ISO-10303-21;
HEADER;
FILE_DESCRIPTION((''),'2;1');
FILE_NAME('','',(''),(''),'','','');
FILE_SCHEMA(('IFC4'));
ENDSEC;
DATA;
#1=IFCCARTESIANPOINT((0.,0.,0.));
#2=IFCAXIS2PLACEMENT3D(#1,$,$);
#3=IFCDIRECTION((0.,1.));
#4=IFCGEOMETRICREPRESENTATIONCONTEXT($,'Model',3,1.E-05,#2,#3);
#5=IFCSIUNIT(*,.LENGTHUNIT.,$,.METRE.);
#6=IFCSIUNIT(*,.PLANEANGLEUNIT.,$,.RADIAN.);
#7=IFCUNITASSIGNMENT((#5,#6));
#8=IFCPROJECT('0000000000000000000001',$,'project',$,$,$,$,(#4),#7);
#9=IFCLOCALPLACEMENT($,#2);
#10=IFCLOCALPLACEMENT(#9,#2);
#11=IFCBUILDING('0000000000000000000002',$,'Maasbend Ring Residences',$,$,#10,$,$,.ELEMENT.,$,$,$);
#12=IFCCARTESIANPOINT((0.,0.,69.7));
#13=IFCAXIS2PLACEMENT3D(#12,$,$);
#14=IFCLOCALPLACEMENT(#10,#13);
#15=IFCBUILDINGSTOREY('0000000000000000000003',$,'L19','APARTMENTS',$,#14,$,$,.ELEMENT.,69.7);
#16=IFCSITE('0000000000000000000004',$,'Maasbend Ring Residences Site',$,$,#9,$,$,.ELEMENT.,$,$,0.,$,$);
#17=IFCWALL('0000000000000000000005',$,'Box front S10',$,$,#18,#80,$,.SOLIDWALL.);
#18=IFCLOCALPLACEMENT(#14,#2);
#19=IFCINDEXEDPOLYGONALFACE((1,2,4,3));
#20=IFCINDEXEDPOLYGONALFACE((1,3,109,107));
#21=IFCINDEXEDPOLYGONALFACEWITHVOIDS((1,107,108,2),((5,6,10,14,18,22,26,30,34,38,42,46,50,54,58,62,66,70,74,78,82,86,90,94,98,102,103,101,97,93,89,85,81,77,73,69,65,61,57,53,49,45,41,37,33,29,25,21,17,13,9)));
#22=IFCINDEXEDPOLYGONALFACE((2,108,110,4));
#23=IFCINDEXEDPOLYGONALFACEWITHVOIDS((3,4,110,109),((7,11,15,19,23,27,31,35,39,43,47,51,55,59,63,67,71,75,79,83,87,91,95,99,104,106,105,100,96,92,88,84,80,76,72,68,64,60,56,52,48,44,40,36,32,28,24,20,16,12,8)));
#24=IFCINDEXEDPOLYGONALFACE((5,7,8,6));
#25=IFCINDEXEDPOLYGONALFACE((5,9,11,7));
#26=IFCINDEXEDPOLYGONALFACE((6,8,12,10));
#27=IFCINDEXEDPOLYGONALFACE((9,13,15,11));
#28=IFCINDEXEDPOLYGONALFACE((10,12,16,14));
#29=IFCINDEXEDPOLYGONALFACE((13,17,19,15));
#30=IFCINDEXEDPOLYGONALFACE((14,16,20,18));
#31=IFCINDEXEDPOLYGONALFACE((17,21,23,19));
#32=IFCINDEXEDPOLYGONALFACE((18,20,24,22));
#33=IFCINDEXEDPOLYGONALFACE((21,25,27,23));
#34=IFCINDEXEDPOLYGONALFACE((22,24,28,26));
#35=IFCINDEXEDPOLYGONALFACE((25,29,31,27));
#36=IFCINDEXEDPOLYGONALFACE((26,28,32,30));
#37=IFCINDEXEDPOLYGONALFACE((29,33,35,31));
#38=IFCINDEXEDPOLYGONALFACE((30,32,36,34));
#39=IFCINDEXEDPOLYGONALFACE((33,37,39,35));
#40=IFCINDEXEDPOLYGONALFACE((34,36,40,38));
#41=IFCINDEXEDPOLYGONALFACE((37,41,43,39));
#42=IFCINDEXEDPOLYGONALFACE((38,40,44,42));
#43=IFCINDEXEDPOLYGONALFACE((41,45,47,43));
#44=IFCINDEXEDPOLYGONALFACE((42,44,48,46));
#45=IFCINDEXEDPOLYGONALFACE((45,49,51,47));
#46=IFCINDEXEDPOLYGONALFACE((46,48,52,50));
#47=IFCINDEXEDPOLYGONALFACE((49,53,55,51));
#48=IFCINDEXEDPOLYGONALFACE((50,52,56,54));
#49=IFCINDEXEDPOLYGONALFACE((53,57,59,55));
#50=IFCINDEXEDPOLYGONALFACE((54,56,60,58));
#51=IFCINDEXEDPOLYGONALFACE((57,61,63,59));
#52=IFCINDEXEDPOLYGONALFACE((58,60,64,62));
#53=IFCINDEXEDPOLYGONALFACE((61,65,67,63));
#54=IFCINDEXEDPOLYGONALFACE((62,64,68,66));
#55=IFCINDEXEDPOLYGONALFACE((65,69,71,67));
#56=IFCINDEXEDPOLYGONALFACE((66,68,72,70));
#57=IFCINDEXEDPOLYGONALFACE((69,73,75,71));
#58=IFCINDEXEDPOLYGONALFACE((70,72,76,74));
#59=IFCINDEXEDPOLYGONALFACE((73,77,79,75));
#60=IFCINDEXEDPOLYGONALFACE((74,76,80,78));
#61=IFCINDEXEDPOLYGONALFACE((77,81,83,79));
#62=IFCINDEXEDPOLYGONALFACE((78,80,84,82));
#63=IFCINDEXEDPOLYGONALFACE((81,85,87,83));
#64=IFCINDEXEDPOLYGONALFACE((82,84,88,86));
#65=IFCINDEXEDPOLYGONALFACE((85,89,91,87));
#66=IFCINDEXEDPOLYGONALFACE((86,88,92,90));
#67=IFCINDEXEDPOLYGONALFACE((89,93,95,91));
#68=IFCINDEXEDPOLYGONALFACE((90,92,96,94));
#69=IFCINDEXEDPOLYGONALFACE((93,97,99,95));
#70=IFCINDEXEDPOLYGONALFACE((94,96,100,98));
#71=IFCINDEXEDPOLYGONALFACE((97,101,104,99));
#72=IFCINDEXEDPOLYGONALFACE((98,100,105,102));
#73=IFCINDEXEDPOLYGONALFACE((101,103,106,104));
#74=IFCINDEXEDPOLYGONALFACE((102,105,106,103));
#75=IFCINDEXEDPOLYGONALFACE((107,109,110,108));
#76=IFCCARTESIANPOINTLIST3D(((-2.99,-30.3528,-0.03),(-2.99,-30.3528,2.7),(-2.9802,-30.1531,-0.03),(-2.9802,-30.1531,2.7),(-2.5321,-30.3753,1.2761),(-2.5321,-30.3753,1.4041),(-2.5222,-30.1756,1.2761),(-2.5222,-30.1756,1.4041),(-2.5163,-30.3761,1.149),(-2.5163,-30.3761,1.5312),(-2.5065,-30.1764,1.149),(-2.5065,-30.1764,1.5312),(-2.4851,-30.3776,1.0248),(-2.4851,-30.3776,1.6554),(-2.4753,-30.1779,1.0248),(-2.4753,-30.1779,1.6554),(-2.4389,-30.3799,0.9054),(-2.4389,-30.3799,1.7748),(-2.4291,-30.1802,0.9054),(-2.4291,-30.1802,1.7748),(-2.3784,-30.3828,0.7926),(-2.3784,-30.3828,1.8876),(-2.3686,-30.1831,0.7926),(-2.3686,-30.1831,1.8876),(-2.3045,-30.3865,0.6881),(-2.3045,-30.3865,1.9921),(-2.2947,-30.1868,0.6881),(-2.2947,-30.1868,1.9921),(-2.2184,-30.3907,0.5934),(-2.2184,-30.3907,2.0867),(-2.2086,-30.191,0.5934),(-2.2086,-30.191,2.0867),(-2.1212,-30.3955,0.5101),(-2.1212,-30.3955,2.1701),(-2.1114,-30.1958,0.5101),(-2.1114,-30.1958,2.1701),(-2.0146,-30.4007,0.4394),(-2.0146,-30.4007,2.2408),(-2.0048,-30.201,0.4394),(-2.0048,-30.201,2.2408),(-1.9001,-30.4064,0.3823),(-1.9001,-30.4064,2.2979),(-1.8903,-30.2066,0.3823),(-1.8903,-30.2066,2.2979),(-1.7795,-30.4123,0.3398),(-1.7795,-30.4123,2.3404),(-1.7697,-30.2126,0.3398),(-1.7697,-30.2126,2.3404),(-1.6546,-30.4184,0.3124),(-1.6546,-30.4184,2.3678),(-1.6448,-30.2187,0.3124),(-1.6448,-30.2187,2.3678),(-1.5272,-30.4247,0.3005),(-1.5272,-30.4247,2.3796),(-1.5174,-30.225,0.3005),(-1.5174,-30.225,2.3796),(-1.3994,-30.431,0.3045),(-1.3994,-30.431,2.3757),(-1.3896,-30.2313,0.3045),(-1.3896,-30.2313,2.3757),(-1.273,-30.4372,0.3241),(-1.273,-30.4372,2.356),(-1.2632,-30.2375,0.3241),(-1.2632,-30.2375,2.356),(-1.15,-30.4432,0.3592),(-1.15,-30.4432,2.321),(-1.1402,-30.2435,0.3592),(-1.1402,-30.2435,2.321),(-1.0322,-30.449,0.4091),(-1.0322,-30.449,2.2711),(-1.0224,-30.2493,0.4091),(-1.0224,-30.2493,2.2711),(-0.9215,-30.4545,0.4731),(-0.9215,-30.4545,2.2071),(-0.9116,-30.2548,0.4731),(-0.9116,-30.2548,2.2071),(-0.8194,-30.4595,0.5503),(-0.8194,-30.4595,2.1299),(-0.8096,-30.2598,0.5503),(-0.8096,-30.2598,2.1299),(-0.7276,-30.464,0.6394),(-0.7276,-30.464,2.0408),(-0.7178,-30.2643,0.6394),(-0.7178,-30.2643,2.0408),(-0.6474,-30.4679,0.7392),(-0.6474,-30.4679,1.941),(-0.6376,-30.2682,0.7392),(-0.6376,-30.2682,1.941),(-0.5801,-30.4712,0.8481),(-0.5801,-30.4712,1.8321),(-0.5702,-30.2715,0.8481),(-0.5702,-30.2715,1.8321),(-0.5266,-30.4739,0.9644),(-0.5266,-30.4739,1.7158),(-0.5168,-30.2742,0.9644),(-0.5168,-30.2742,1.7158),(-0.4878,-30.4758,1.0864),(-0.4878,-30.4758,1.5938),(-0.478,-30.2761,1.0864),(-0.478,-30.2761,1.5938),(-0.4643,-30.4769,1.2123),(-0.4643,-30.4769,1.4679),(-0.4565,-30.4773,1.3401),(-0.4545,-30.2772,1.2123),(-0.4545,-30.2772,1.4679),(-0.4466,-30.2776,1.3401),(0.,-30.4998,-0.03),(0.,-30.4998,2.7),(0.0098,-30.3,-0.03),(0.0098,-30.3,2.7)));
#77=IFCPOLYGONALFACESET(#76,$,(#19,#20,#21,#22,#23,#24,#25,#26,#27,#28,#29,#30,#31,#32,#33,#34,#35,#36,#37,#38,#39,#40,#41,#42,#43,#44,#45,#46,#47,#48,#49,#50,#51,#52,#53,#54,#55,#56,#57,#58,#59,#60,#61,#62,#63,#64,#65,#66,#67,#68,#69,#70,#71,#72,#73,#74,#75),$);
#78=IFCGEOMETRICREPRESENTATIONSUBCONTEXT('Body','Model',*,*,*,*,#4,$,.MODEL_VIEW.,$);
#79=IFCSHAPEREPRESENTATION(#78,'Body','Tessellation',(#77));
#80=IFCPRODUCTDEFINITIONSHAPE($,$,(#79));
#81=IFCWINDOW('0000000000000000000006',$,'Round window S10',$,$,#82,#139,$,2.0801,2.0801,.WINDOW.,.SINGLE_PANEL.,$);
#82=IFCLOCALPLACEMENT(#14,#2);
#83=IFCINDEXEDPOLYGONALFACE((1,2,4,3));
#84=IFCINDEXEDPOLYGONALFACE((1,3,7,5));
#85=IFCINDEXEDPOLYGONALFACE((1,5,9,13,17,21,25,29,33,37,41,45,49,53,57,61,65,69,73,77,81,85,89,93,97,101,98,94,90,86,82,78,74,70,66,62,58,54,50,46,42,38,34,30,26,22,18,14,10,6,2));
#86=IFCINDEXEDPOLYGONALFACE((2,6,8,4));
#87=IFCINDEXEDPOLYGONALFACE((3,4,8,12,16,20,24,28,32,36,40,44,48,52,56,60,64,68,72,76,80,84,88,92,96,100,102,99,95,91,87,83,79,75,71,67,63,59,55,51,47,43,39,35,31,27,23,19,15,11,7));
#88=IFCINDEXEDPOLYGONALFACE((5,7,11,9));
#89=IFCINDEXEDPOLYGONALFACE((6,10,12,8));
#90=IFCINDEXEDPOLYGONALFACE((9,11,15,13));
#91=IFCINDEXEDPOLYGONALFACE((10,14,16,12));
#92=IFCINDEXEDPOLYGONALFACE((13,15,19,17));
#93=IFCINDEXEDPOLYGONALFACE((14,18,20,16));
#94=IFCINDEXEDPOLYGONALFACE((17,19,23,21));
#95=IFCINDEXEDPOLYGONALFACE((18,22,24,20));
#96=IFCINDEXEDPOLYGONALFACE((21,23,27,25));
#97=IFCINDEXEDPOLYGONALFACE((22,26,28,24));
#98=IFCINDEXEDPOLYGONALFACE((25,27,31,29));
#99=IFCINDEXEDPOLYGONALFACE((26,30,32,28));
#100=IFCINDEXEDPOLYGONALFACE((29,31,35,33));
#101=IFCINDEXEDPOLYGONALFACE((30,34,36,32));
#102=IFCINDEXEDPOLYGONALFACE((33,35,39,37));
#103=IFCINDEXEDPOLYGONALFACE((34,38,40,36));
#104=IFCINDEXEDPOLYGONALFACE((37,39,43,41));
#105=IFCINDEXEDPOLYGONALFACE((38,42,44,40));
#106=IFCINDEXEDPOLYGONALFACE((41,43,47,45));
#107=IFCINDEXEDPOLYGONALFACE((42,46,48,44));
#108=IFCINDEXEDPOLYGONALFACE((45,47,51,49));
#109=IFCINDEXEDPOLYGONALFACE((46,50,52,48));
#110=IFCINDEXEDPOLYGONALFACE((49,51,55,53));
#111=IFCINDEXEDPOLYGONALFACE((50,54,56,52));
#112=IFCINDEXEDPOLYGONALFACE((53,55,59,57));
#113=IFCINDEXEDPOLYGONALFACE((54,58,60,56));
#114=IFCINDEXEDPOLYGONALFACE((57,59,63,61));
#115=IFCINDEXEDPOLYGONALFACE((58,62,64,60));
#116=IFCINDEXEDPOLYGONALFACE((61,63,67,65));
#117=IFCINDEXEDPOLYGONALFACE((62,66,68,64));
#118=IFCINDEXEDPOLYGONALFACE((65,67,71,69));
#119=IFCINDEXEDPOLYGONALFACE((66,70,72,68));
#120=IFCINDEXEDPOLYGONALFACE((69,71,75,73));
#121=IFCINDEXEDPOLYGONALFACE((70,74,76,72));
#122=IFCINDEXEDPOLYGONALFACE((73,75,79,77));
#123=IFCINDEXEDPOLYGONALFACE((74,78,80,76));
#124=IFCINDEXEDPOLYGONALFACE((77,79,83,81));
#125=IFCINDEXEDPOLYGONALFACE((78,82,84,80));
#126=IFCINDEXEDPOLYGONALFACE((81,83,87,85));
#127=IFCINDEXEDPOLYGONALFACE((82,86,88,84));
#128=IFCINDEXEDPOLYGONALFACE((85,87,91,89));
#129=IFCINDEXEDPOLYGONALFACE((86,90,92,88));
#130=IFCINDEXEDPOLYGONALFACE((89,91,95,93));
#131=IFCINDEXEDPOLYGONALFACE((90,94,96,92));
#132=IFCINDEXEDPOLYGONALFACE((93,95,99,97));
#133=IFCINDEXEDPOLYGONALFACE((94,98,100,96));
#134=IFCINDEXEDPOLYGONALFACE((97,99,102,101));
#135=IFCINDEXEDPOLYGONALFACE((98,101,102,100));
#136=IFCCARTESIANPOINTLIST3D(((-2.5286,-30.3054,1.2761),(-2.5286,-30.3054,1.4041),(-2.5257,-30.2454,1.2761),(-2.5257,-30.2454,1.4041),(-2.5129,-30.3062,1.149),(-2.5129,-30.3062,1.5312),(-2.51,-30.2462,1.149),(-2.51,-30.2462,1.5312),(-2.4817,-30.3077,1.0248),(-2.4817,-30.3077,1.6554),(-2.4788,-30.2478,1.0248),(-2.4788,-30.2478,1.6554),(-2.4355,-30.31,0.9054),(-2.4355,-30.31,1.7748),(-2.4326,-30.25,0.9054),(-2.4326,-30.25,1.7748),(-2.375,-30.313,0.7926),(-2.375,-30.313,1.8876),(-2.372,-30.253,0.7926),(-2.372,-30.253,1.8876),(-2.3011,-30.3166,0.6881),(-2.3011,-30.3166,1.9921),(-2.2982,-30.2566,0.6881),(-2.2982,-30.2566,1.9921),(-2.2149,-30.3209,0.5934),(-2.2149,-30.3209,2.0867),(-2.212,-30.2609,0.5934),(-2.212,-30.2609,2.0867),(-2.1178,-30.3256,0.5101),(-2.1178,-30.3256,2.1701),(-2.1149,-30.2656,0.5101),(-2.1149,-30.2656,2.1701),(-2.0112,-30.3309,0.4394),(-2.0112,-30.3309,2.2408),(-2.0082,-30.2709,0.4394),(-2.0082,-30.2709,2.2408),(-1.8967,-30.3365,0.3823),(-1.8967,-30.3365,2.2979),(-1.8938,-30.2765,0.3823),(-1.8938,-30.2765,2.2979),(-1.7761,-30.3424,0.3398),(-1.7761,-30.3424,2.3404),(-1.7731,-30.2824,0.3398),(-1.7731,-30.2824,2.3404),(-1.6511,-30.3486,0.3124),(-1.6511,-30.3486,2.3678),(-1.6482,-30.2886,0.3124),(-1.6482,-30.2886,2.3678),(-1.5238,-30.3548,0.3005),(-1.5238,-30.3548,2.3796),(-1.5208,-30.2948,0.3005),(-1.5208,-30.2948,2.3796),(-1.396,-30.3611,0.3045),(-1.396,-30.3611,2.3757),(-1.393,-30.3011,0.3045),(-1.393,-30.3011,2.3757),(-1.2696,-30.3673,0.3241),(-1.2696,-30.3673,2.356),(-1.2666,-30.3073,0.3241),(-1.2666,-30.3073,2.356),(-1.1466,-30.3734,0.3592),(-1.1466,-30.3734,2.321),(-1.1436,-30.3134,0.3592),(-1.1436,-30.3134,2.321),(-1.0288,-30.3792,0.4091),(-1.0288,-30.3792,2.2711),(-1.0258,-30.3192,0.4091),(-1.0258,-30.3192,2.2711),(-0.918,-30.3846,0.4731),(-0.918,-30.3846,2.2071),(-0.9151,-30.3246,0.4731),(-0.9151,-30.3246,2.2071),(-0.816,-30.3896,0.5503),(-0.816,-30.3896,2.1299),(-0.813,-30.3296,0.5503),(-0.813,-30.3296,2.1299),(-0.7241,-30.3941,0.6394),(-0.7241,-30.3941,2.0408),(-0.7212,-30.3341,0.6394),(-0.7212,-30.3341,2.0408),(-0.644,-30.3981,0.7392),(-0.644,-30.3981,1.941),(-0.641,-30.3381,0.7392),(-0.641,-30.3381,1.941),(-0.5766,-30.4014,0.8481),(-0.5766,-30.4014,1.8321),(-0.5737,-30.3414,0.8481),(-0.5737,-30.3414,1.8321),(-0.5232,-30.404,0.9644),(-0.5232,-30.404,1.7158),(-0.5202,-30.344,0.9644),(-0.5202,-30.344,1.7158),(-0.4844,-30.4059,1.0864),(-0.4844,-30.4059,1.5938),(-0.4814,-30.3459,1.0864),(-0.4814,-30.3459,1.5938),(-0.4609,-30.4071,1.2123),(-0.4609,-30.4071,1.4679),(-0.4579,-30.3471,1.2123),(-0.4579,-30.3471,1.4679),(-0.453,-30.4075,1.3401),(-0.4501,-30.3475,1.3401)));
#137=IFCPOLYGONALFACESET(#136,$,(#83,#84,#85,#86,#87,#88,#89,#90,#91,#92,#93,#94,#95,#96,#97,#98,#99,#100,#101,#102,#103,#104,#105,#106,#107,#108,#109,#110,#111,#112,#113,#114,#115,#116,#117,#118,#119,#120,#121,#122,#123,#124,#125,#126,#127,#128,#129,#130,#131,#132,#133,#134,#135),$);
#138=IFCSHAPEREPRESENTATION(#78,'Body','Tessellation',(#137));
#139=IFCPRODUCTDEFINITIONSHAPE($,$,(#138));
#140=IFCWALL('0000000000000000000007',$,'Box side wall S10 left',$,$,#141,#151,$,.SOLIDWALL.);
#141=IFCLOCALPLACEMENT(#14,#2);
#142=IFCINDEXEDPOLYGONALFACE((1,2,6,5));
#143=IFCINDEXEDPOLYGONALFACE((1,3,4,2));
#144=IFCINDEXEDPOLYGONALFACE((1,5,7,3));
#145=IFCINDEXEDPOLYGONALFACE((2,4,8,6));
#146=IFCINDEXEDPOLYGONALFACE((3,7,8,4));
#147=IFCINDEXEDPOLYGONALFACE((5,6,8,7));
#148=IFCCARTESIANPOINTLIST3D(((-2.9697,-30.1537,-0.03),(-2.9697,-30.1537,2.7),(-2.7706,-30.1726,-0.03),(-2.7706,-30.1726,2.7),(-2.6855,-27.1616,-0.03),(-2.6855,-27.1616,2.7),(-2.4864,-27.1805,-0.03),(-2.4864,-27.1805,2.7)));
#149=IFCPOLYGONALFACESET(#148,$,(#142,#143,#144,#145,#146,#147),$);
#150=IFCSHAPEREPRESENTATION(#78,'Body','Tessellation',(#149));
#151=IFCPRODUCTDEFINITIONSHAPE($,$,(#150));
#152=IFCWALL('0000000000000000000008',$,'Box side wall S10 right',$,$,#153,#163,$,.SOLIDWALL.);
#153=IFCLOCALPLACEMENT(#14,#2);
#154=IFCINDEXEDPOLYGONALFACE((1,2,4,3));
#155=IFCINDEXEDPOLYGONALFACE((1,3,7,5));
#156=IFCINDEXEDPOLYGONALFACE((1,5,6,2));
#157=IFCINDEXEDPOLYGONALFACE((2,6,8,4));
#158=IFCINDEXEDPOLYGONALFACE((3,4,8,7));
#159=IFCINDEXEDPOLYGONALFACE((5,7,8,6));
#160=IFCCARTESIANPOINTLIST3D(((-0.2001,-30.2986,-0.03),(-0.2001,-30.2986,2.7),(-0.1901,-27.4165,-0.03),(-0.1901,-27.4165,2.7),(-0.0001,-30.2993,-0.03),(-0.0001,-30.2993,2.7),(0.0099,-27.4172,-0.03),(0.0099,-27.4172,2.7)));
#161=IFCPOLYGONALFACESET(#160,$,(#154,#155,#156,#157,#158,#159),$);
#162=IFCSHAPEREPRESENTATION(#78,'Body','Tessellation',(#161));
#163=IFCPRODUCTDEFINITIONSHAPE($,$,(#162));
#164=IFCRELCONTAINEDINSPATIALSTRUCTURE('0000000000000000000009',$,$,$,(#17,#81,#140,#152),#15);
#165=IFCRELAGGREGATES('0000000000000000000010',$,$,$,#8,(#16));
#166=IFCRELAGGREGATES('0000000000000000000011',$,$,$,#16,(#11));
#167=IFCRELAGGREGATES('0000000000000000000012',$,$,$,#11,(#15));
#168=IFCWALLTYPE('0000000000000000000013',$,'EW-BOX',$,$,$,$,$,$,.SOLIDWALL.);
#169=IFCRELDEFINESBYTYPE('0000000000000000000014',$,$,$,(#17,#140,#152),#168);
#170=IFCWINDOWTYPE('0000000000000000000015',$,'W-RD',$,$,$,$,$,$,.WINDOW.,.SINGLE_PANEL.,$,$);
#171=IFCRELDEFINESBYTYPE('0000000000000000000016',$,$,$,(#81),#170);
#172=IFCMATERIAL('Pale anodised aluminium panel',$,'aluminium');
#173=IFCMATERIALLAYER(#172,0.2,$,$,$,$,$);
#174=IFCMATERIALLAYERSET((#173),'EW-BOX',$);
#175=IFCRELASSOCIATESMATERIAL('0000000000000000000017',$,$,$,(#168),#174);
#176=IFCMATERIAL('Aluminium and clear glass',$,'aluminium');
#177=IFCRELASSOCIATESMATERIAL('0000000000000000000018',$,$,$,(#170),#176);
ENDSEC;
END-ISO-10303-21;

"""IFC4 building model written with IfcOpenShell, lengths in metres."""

from ifc_helpers import new_model, si_unit, direction, frame, frame_2d, origin, place, context, subcontext, project, spatial, rectangle, circle, extrude, material, layer, layer_set, type_object, element, fill, save


model = new_model("IFC4")

# Units and contexts
model_context = context("Model", 3, precision=1e-05, world=origin(), true_north=direction((0.0, 1.0)))
body_context = subcontext(model_context, "Body", "Model", "MODEL_VIEW")
ifc_project = project(units=[si_unit("LENGTHUNIT", "METRE"), si_unit("PLANEANGLEUNIT", "RADIAN")], contexts=[model_context])

# Site, building, storey
site_placement = place(None, origin())
site = spatial("IfcSite", under=ifc_project, at=site_placement, Name="Maasbend Ring Residences Site", CompositionType="ELEMENT", RefElevation=0.0)
building_placement = place(site_placement, origin())
building = spatial("IfcBuilding", under=site, at=building_placement, Name="Maasbend Ring Residences", CompositionType="ELEMENT")
storey_placement = place(building_placement, frame((0.0, 0.0, 69.7)))
storey = spatial("IfcBuildingStorey", under=building, at=storey_placement, Name="L19", Description="APARTMENTS", CompositionType="ELEMENT", Elevation=69.7)

# Shared definitions
ifc_material_1 = material(Name="Pale anodised aluminium panel", Category="aluminium")
ifc_layer_1 = layer(ifc_material_1, 0.2)
ifc_layer_set_1 = layer_set([ifc_layer_1], Name="EW-BOX")
wall_type_1 = type_object("IfcWallType", Name="EW-BOX", PredefinedType="SOLIDWALL", material=ifc_layer_set_1)
ifc_material_2 = material(Name="Aluminium and clear glass", Category="aluminium")
window_type_1 = type_object("IfcWindowType", Name="W-RD", PartitioningType="SINGLE_PANEL", PredefinedType="WINDOW", material=ifc_material_2)

# Wall, opening, window
wall_1_placement = place(storey_placement, frame((-2.9851, -30.2529, -0.03), z_axis=(0.0, 0.0, 1.0), x_axis=(0.998794, -0.049096, 0.0)))
wall_1 = element("IfcWall", 1, at=wall_1_placement, inside=storey, type_object=wall_type_1, Name="Box front S10", PredefinedType="SOLIDWALL", context=body_context, shape_type="SweptSolid", body=[
    extrude(rectangle(XDim=2.9937, YDim=0.2, at=frame_2d((1.4968, 0.0))), origin(), (0.0, 0.0, 1.0), 2.73),
])
opening_1_placement = place(wall_1_placement, frame((0.4565, 0.0, 0.3301)))
opening_1 = element("IfcOpeningElement", 2, at=opening_1_placement, cuts=wall_1, PredefinedType="OPENING", context=body_context, shape_type="SweptSolid", body=[
    extrude(circle(Radius=1.04, at=frame_2d((1.04, 1.04))), frame((0.0, 0.1099, 0.0), z_axis=(0.0, -1.0, 0.0), x_axis=(1.0, 0.0, 0.0)), (0.0, 0.0, 1.0), 0.22),
])
window_1_placement = place(opening_1_placement, origin())
window_1 = element("IfcWindow", 3, at=window_1_placement, inside=storey, type_object=window_type_1, Name="Round window S10", OverallHeight=2.0801, OverallWidth=2.0801, PartitioningType="SINGLE_PANEL", PredefinedType="WINDOW", context=body_context, shape_type="SweptSolid", body=[
    extrude(circle(Radius=1.04, at=frame_2d((1.04, 1.04))), frame((0.0, 0.03, 0.0), z_axis=(0.0, -1.0, 0.0), x_axis=(1.0, 0.0, 0.0)), (0.0, 0.0, 1.0), 0.0601),
])
fill(opening_1, window_1)

# Walls
wall_2_placement = place(storey_placement, frame((-2.5859, -27.1709, -0.03), z_axis=(0.0, 0.0, 1.0), x_axis=(-0.094548, -0.99552, 0.0)))
element("IfcWall", 4, at=wall_2_placement, inside=storey, type_object=wall_type_1, Name="Box side wall S10 left", PredefinedType="SOLIDWALL", context=body_context, shape_type="SweptSolid", body=[
    extrude(rectangle(XDim=3.0056, YDim=0.2, at=frame_2d((1.5029, 0.0))), origin(), (0.0, 0.0, 1.0), 2.73),
])
wall_3_placement = place(storey_placement, frame((-0.0901, -27.417, -0.03), z_axis=(0.0, 0.0, 1.0), x_axis=(-0.003473, -0.999994, 0.0)))
element("IfcWall", 5, at=wall_3_placement, inside=storey, type_object=wall_type_1, Name="Box side wall S10 right", PredefinedType="SOLIDWALL", context=body_context, shape_type="SweptSolid", body=[
    extrude(rectangle(XDim=2.8821, YDim=0.2, at=frame_2d((1.4409, 0.0))), origin(), (0.0, 0.0, 1.0), 2.73),
])

save(model, "model.ifc")
